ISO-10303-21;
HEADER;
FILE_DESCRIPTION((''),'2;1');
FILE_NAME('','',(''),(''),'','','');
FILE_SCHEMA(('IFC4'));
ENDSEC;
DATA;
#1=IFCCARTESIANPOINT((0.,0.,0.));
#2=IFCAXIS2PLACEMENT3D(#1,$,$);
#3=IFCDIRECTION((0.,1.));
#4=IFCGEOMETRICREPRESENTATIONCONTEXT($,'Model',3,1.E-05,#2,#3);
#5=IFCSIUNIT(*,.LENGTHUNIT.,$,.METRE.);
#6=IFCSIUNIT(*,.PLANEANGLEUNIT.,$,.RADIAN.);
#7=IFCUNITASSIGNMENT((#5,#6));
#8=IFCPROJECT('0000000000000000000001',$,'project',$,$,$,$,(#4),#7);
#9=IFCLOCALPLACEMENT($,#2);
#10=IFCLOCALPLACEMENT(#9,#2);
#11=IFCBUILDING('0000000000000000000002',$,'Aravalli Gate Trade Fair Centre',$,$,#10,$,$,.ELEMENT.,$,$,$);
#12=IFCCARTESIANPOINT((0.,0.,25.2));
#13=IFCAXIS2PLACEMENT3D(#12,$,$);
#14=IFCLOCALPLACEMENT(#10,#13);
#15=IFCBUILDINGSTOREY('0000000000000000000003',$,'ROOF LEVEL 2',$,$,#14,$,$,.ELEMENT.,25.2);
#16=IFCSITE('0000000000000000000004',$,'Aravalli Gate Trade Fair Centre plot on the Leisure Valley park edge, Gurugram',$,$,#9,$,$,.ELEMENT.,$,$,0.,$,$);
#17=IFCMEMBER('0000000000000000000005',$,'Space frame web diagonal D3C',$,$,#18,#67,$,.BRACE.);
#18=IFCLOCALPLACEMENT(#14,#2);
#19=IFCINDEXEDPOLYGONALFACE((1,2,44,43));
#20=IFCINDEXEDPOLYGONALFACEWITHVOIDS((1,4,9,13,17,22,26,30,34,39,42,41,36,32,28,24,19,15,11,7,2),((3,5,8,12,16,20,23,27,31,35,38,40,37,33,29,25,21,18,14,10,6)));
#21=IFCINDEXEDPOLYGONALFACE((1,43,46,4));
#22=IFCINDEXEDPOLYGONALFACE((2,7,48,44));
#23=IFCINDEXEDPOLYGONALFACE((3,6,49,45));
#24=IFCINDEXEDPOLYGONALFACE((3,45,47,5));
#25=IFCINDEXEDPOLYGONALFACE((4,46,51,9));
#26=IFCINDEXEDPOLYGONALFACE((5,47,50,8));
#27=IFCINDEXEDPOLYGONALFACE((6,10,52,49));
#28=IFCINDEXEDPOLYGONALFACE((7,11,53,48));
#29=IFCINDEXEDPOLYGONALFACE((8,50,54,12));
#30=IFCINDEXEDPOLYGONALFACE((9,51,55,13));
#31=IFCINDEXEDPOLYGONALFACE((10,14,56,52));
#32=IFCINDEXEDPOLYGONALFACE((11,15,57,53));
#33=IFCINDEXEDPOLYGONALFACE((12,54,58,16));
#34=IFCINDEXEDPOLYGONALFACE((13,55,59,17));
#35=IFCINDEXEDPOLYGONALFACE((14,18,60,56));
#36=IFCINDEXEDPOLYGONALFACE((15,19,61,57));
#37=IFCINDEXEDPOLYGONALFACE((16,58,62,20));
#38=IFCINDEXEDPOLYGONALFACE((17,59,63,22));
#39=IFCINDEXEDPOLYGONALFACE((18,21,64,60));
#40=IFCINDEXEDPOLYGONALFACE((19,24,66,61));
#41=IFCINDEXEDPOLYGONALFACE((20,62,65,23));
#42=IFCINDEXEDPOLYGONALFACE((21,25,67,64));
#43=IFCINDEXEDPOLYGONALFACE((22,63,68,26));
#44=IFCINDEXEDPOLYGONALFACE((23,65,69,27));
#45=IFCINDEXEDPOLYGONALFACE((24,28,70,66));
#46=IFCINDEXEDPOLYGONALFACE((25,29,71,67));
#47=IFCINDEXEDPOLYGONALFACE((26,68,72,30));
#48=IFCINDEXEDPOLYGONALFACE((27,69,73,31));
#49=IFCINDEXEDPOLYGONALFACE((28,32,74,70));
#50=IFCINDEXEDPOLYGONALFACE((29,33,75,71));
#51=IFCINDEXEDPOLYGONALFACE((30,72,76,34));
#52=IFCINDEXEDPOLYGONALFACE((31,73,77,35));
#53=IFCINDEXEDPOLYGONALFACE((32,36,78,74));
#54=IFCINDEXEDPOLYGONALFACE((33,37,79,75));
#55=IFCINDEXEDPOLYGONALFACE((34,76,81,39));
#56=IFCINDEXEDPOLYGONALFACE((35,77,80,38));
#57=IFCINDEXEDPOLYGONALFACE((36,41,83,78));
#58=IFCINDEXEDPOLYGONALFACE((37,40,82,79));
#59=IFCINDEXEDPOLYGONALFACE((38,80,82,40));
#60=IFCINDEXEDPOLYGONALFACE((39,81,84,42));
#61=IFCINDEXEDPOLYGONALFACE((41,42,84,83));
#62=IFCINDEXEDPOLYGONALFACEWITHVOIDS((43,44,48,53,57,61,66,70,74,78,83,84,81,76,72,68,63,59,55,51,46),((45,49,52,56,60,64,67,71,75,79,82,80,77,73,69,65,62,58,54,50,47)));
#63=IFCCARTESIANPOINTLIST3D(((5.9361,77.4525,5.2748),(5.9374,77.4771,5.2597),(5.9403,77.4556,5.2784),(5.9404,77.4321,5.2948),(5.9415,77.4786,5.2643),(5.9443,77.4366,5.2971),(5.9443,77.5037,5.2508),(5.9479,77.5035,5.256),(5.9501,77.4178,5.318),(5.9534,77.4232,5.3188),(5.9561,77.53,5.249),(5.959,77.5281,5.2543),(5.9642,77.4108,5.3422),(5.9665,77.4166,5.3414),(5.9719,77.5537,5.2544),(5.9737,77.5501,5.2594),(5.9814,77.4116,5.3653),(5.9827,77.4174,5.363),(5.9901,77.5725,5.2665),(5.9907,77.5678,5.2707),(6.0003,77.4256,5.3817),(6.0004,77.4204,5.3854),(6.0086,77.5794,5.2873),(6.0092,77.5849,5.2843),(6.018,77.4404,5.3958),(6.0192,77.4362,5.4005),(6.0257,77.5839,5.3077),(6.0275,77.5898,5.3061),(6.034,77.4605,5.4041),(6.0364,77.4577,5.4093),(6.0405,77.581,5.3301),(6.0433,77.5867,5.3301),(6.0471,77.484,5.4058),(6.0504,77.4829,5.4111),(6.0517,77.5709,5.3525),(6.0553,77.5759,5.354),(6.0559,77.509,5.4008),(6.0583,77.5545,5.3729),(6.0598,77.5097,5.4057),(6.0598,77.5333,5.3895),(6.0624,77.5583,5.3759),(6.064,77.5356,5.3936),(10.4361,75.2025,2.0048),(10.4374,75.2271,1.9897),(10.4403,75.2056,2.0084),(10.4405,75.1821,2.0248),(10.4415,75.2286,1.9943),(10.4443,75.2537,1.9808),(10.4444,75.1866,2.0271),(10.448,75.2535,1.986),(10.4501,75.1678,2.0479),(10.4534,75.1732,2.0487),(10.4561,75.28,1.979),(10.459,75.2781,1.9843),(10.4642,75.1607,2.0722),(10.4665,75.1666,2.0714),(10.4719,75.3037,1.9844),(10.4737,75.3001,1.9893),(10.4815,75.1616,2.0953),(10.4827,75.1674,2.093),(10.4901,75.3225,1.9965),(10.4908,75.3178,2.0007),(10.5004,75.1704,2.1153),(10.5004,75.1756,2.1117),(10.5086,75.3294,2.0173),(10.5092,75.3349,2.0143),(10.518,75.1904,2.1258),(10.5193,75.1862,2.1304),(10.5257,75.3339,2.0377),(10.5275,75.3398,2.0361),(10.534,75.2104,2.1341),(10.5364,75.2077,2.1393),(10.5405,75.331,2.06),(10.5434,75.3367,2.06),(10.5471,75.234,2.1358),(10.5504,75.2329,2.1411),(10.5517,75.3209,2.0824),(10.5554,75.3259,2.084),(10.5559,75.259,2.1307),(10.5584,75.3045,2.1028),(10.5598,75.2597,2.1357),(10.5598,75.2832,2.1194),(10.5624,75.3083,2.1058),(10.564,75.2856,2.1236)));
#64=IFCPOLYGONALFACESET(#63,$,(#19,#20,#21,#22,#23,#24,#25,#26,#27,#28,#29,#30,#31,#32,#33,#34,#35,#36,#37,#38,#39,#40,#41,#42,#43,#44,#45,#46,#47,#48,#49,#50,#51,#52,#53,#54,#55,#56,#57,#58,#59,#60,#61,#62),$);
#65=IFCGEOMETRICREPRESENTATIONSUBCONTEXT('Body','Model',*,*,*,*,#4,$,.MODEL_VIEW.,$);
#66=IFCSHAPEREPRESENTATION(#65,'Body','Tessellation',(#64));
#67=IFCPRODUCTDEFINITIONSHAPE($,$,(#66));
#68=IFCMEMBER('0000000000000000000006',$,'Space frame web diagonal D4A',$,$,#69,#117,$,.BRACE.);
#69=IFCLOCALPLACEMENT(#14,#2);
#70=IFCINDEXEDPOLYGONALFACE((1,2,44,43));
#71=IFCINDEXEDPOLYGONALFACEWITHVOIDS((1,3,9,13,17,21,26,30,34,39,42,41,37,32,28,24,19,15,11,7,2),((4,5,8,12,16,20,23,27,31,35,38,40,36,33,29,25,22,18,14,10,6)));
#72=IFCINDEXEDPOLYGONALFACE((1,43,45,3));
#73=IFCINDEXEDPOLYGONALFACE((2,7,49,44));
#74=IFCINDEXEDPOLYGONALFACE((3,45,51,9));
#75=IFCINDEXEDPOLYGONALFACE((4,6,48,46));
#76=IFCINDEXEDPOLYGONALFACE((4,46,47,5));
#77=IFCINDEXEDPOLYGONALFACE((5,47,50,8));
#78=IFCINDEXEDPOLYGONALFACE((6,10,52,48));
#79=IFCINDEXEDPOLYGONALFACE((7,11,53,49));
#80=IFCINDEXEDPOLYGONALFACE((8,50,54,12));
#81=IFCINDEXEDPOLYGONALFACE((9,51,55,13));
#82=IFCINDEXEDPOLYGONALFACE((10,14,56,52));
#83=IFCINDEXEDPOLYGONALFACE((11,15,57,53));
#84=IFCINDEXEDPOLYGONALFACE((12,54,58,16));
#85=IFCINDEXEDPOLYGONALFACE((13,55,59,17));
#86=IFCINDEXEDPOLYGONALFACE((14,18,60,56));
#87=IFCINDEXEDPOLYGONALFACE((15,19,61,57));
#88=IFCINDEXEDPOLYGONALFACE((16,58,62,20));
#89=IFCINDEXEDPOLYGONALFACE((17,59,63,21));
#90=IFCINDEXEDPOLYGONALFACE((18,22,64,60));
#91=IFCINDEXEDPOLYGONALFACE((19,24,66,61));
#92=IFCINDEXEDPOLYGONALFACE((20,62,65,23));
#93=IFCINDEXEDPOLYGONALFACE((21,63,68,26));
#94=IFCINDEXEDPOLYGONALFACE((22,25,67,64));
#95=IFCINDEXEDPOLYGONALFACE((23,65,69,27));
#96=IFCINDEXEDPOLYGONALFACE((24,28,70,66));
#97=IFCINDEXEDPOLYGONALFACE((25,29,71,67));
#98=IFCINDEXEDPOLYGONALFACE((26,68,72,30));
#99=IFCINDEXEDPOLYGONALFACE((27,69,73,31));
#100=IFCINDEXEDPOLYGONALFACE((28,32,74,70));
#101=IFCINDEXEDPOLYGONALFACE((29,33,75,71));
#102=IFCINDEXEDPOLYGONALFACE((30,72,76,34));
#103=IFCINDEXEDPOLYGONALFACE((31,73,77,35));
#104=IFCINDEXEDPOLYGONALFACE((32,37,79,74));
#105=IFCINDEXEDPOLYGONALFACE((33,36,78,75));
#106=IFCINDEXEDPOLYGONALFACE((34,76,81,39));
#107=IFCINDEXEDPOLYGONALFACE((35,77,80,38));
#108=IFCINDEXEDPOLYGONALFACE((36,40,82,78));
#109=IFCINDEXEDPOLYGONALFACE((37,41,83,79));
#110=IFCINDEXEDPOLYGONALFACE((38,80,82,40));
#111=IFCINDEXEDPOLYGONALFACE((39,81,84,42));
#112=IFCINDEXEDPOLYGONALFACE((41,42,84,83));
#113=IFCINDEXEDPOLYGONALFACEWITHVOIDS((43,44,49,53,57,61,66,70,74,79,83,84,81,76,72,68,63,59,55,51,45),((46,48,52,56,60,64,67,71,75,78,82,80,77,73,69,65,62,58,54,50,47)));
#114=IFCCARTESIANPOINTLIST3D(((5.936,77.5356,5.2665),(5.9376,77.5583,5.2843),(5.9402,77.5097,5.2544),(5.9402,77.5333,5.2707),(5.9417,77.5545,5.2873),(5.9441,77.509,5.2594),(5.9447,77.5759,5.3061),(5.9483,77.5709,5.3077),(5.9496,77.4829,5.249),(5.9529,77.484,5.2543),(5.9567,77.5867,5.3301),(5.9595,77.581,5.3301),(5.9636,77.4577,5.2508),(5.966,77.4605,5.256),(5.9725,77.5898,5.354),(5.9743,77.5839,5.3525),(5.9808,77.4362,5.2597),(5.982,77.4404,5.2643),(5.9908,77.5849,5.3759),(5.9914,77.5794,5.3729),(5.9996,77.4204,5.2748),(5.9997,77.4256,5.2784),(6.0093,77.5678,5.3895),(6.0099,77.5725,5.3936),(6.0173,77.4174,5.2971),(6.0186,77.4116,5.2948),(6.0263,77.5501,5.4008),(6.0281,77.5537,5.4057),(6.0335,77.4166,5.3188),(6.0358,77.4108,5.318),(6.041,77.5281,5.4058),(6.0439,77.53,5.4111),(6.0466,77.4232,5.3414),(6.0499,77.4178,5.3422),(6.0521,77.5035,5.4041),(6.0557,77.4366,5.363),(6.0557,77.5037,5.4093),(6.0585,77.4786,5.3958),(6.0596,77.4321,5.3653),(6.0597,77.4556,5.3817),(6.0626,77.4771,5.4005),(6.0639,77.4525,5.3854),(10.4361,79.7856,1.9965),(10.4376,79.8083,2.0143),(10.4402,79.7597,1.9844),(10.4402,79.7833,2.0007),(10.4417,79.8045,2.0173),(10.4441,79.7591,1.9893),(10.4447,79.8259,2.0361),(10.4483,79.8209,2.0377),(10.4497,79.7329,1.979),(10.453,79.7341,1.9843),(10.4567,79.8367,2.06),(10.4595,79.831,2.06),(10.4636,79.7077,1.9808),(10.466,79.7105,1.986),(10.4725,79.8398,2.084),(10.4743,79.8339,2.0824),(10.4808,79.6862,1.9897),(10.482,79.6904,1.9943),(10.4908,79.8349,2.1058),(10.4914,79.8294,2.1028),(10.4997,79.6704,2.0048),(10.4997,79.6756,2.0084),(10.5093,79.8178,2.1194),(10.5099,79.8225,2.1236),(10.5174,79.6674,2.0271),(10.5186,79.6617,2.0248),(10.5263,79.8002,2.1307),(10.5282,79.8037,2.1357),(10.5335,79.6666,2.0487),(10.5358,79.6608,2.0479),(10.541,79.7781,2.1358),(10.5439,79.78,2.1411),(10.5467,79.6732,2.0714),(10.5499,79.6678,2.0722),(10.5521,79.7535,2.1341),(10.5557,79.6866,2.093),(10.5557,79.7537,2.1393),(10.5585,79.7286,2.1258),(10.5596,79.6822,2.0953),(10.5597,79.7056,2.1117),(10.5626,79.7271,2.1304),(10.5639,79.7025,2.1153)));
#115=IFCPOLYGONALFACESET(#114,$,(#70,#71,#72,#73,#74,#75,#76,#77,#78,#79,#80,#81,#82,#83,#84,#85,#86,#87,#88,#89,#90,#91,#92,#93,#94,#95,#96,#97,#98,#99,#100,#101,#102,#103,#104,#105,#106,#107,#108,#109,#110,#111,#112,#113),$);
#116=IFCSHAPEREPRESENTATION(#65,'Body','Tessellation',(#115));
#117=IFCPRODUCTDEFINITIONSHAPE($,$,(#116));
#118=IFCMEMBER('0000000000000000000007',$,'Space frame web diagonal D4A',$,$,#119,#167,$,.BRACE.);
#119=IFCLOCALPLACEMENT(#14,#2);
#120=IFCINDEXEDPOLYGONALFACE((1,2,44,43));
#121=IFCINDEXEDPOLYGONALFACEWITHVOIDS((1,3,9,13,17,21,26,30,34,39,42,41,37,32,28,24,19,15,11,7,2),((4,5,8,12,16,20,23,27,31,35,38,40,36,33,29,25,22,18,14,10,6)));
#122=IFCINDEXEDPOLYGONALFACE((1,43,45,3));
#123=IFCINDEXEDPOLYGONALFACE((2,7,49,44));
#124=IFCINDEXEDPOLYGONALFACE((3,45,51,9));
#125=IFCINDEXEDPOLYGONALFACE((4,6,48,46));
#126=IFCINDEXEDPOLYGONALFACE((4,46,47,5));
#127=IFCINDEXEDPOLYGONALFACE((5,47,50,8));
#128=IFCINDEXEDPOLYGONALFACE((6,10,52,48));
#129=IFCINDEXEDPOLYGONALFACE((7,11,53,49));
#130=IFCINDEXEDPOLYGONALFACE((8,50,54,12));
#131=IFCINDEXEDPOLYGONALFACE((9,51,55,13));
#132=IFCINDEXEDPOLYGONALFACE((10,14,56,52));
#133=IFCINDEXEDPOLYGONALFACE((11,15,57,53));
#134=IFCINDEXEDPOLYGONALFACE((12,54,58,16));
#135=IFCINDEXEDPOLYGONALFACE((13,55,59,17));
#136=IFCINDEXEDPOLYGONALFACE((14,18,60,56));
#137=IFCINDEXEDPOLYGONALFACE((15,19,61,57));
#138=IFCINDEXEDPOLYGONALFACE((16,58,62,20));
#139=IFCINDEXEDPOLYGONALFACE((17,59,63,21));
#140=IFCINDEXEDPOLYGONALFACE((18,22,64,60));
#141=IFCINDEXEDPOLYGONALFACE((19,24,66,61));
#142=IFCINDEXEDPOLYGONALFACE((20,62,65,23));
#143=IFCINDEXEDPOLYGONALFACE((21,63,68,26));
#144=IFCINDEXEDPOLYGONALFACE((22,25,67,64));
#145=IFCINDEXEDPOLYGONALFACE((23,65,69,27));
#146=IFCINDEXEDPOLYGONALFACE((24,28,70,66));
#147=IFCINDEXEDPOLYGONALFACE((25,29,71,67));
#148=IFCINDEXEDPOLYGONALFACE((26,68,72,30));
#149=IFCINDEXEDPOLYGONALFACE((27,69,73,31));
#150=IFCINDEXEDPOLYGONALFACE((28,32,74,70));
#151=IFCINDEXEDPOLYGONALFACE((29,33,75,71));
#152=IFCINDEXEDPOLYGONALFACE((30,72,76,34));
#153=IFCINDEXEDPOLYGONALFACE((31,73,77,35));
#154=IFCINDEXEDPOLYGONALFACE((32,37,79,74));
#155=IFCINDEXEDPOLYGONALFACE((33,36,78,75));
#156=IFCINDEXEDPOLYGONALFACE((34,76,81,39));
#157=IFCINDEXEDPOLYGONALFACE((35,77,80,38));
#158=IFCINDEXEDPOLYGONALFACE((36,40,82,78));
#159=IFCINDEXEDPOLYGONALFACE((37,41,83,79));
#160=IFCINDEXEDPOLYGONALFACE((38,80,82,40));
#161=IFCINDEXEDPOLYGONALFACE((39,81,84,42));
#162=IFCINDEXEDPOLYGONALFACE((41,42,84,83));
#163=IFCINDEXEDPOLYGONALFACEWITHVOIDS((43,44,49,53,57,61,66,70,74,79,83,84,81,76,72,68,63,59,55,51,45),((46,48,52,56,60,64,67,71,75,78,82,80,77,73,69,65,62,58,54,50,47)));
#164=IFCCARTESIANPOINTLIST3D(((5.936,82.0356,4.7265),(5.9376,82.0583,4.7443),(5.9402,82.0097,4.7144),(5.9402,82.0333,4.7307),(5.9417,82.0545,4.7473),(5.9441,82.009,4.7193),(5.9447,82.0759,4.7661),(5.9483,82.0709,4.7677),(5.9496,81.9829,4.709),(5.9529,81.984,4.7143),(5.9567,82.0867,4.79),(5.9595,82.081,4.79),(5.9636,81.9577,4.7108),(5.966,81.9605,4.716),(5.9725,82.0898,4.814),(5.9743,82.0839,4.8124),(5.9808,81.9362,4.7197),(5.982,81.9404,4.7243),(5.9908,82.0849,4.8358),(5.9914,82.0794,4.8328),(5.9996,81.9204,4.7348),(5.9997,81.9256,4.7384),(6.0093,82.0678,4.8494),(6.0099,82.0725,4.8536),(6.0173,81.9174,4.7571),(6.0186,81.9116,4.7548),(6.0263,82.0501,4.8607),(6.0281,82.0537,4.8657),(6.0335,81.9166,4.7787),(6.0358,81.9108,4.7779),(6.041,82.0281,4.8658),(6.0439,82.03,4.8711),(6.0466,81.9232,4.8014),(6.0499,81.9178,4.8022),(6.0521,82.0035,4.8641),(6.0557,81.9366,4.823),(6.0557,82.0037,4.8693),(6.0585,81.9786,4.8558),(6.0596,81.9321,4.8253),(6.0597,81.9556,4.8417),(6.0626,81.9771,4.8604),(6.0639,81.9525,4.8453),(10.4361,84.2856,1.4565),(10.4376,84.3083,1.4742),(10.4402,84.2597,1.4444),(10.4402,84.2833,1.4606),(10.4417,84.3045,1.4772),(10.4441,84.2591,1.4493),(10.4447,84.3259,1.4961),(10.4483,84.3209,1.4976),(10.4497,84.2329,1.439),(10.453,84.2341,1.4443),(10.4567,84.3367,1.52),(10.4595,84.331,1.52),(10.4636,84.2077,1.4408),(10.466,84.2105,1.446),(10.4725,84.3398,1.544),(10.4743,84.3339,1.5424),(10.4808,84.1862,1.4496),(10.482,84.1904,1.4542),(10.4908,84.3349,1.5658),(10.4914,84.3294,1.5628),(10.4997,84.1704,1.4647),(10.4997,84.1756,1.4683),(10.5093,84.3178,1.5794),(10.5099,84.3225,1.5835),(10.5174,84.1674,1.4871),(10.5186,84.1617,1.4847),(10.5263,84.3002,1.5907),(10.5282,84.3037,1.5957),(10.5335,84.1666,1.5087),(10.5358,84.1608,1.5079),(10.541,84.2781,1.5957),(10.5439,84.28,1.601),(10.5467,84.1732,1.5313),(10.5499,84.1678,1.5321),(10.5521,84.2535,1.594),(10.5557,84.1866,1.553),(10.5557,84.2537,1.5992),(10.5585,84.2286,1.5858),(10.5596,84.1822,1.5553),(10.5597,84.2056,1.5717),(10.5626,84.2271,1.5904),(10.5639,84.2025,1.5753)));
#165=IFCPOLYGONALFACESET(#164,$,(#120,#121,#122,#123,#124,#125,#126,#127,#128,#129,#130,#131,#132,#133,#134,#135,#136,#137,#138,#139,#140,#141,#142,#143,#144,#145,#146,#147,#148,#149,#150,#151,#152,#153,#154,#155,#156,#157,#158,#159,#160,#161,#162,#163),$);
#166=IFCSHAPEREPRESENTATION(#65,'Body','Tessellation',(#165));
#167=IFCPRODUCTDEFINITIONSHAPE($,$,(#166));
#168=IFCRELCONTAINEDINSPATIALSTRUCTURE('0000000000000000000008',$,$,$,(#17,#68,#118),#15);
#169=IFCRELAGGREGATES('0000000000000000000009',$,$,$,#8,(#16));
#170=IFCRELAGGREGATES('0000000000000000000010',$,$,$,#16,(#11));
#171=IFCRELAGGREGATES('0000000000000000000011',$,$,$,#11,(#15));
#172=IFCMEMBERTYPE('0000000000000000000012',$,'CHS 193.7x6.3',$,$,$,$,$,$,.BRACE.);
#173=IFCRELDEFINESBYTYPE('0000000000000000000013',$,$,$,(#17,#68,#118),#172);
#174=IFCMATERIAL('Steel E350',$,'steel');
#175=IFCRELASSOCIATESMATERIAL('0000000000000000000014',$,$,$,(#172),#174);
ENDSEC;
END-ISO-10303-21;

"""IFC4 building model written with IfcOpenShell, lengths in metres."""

from ifc_helpers import new_model, si_unit, direction, frame, origin, origin_2d, place, context, subcontext, project, spatial, hollow_circle, extrude, material, material_profile, profile_set, type_object, element, save


model = new_model("IFC4")

# Units and contexts
model_context = context("Model", 3, precision=1e-05, world=origin(), true_north=direction((0.0, 1.0)))
body_context = subcontext(model_context, "Body", "Model", "MODEL_VIEW")
ifc_project = project(units=[si_unit("LENGTHUNIT", "METRE"), si_unit("PLANEANGLEUNIT", "RADIAN")], contexts=[model_context])

# Site, building, storey
site_placement = place(None, origin())
site = spatial("IfcSite", under=ifc_project, at=site_placement, Name="Aravalli Gate Trade Fair Centre plot on the Leisure Valley park edge, Gurugram", CompositionType="ELEMENT", RefElevation=0.0)
building_placement = place(site_placement, origin())
building = spatial("IfcBuilding", under=site, at=building_placement, Name="Aravalli Gate Trade Fair Centre", CompositionType="ELEMENT")
storey_placement = place(building_placement, frame((0.0, 0.0, 25.2)))
storey = spatial("IfcBuildingStorey", under=building, at=storey_placement, Name="ROOF LEVEL 2", CompositionType="ELEMENT", Elevation=25.2)

# Members
ifc_material_1 = material(Name="Steel E350", Category="steel")
ifc_material_profile_1 = material_profile(ifc_material_1, hollow_circle(Radius=0.0969, WallThickness=0.0063, at=origin_2d()), Name="CHS 193.7x6.3")
ifc_profile_set_1 = profile_set([ifc_material_profile_1], Name="Steel E350")
member_type_1 = type_object("IfcMemberType", Name="CHS 193.7x6.3", PredefinedType="BRACE", material=ifc_profile_set_1)
for number, where, z_axis, x_axis, name in (
    (1, (6.0, 77.5, 5.3301), (0.749942, -0.374971, -0.544961), (0.447214, 0.894427, 0.0), "Space frame web diagonal D3C"),
    (2, (6.0, 77.5, 5.3301), (0.749942, 0.374971, -0.544961), (-0.447214, 0.894427, 0.0), "Space frame web diagonal D4A"),
    (3, (6.0, 82.0, 4.79), (0.749942, 0.374971, -0.544961), (-0.447214, 0.894427, 0.0), "Space frame web diagonal D4A"),
):
    element("IfcMember", number, at=place(storey_placement, frame(where, z_axis=z_axis, x_axis=x_axis)), inside=storey, type_object=member_type_1, Name=name, PredefinedType="BRACE", context=body_context, shape_type="SweptSolid", body=[
        extrude(hollow_circle(Radius=0.0969, WallThickness=0.0063, at=origin_2d()), origin(), (0.0, 0.0, 1.0), 6.0005),
    ])

save(model, "model.ifc")
